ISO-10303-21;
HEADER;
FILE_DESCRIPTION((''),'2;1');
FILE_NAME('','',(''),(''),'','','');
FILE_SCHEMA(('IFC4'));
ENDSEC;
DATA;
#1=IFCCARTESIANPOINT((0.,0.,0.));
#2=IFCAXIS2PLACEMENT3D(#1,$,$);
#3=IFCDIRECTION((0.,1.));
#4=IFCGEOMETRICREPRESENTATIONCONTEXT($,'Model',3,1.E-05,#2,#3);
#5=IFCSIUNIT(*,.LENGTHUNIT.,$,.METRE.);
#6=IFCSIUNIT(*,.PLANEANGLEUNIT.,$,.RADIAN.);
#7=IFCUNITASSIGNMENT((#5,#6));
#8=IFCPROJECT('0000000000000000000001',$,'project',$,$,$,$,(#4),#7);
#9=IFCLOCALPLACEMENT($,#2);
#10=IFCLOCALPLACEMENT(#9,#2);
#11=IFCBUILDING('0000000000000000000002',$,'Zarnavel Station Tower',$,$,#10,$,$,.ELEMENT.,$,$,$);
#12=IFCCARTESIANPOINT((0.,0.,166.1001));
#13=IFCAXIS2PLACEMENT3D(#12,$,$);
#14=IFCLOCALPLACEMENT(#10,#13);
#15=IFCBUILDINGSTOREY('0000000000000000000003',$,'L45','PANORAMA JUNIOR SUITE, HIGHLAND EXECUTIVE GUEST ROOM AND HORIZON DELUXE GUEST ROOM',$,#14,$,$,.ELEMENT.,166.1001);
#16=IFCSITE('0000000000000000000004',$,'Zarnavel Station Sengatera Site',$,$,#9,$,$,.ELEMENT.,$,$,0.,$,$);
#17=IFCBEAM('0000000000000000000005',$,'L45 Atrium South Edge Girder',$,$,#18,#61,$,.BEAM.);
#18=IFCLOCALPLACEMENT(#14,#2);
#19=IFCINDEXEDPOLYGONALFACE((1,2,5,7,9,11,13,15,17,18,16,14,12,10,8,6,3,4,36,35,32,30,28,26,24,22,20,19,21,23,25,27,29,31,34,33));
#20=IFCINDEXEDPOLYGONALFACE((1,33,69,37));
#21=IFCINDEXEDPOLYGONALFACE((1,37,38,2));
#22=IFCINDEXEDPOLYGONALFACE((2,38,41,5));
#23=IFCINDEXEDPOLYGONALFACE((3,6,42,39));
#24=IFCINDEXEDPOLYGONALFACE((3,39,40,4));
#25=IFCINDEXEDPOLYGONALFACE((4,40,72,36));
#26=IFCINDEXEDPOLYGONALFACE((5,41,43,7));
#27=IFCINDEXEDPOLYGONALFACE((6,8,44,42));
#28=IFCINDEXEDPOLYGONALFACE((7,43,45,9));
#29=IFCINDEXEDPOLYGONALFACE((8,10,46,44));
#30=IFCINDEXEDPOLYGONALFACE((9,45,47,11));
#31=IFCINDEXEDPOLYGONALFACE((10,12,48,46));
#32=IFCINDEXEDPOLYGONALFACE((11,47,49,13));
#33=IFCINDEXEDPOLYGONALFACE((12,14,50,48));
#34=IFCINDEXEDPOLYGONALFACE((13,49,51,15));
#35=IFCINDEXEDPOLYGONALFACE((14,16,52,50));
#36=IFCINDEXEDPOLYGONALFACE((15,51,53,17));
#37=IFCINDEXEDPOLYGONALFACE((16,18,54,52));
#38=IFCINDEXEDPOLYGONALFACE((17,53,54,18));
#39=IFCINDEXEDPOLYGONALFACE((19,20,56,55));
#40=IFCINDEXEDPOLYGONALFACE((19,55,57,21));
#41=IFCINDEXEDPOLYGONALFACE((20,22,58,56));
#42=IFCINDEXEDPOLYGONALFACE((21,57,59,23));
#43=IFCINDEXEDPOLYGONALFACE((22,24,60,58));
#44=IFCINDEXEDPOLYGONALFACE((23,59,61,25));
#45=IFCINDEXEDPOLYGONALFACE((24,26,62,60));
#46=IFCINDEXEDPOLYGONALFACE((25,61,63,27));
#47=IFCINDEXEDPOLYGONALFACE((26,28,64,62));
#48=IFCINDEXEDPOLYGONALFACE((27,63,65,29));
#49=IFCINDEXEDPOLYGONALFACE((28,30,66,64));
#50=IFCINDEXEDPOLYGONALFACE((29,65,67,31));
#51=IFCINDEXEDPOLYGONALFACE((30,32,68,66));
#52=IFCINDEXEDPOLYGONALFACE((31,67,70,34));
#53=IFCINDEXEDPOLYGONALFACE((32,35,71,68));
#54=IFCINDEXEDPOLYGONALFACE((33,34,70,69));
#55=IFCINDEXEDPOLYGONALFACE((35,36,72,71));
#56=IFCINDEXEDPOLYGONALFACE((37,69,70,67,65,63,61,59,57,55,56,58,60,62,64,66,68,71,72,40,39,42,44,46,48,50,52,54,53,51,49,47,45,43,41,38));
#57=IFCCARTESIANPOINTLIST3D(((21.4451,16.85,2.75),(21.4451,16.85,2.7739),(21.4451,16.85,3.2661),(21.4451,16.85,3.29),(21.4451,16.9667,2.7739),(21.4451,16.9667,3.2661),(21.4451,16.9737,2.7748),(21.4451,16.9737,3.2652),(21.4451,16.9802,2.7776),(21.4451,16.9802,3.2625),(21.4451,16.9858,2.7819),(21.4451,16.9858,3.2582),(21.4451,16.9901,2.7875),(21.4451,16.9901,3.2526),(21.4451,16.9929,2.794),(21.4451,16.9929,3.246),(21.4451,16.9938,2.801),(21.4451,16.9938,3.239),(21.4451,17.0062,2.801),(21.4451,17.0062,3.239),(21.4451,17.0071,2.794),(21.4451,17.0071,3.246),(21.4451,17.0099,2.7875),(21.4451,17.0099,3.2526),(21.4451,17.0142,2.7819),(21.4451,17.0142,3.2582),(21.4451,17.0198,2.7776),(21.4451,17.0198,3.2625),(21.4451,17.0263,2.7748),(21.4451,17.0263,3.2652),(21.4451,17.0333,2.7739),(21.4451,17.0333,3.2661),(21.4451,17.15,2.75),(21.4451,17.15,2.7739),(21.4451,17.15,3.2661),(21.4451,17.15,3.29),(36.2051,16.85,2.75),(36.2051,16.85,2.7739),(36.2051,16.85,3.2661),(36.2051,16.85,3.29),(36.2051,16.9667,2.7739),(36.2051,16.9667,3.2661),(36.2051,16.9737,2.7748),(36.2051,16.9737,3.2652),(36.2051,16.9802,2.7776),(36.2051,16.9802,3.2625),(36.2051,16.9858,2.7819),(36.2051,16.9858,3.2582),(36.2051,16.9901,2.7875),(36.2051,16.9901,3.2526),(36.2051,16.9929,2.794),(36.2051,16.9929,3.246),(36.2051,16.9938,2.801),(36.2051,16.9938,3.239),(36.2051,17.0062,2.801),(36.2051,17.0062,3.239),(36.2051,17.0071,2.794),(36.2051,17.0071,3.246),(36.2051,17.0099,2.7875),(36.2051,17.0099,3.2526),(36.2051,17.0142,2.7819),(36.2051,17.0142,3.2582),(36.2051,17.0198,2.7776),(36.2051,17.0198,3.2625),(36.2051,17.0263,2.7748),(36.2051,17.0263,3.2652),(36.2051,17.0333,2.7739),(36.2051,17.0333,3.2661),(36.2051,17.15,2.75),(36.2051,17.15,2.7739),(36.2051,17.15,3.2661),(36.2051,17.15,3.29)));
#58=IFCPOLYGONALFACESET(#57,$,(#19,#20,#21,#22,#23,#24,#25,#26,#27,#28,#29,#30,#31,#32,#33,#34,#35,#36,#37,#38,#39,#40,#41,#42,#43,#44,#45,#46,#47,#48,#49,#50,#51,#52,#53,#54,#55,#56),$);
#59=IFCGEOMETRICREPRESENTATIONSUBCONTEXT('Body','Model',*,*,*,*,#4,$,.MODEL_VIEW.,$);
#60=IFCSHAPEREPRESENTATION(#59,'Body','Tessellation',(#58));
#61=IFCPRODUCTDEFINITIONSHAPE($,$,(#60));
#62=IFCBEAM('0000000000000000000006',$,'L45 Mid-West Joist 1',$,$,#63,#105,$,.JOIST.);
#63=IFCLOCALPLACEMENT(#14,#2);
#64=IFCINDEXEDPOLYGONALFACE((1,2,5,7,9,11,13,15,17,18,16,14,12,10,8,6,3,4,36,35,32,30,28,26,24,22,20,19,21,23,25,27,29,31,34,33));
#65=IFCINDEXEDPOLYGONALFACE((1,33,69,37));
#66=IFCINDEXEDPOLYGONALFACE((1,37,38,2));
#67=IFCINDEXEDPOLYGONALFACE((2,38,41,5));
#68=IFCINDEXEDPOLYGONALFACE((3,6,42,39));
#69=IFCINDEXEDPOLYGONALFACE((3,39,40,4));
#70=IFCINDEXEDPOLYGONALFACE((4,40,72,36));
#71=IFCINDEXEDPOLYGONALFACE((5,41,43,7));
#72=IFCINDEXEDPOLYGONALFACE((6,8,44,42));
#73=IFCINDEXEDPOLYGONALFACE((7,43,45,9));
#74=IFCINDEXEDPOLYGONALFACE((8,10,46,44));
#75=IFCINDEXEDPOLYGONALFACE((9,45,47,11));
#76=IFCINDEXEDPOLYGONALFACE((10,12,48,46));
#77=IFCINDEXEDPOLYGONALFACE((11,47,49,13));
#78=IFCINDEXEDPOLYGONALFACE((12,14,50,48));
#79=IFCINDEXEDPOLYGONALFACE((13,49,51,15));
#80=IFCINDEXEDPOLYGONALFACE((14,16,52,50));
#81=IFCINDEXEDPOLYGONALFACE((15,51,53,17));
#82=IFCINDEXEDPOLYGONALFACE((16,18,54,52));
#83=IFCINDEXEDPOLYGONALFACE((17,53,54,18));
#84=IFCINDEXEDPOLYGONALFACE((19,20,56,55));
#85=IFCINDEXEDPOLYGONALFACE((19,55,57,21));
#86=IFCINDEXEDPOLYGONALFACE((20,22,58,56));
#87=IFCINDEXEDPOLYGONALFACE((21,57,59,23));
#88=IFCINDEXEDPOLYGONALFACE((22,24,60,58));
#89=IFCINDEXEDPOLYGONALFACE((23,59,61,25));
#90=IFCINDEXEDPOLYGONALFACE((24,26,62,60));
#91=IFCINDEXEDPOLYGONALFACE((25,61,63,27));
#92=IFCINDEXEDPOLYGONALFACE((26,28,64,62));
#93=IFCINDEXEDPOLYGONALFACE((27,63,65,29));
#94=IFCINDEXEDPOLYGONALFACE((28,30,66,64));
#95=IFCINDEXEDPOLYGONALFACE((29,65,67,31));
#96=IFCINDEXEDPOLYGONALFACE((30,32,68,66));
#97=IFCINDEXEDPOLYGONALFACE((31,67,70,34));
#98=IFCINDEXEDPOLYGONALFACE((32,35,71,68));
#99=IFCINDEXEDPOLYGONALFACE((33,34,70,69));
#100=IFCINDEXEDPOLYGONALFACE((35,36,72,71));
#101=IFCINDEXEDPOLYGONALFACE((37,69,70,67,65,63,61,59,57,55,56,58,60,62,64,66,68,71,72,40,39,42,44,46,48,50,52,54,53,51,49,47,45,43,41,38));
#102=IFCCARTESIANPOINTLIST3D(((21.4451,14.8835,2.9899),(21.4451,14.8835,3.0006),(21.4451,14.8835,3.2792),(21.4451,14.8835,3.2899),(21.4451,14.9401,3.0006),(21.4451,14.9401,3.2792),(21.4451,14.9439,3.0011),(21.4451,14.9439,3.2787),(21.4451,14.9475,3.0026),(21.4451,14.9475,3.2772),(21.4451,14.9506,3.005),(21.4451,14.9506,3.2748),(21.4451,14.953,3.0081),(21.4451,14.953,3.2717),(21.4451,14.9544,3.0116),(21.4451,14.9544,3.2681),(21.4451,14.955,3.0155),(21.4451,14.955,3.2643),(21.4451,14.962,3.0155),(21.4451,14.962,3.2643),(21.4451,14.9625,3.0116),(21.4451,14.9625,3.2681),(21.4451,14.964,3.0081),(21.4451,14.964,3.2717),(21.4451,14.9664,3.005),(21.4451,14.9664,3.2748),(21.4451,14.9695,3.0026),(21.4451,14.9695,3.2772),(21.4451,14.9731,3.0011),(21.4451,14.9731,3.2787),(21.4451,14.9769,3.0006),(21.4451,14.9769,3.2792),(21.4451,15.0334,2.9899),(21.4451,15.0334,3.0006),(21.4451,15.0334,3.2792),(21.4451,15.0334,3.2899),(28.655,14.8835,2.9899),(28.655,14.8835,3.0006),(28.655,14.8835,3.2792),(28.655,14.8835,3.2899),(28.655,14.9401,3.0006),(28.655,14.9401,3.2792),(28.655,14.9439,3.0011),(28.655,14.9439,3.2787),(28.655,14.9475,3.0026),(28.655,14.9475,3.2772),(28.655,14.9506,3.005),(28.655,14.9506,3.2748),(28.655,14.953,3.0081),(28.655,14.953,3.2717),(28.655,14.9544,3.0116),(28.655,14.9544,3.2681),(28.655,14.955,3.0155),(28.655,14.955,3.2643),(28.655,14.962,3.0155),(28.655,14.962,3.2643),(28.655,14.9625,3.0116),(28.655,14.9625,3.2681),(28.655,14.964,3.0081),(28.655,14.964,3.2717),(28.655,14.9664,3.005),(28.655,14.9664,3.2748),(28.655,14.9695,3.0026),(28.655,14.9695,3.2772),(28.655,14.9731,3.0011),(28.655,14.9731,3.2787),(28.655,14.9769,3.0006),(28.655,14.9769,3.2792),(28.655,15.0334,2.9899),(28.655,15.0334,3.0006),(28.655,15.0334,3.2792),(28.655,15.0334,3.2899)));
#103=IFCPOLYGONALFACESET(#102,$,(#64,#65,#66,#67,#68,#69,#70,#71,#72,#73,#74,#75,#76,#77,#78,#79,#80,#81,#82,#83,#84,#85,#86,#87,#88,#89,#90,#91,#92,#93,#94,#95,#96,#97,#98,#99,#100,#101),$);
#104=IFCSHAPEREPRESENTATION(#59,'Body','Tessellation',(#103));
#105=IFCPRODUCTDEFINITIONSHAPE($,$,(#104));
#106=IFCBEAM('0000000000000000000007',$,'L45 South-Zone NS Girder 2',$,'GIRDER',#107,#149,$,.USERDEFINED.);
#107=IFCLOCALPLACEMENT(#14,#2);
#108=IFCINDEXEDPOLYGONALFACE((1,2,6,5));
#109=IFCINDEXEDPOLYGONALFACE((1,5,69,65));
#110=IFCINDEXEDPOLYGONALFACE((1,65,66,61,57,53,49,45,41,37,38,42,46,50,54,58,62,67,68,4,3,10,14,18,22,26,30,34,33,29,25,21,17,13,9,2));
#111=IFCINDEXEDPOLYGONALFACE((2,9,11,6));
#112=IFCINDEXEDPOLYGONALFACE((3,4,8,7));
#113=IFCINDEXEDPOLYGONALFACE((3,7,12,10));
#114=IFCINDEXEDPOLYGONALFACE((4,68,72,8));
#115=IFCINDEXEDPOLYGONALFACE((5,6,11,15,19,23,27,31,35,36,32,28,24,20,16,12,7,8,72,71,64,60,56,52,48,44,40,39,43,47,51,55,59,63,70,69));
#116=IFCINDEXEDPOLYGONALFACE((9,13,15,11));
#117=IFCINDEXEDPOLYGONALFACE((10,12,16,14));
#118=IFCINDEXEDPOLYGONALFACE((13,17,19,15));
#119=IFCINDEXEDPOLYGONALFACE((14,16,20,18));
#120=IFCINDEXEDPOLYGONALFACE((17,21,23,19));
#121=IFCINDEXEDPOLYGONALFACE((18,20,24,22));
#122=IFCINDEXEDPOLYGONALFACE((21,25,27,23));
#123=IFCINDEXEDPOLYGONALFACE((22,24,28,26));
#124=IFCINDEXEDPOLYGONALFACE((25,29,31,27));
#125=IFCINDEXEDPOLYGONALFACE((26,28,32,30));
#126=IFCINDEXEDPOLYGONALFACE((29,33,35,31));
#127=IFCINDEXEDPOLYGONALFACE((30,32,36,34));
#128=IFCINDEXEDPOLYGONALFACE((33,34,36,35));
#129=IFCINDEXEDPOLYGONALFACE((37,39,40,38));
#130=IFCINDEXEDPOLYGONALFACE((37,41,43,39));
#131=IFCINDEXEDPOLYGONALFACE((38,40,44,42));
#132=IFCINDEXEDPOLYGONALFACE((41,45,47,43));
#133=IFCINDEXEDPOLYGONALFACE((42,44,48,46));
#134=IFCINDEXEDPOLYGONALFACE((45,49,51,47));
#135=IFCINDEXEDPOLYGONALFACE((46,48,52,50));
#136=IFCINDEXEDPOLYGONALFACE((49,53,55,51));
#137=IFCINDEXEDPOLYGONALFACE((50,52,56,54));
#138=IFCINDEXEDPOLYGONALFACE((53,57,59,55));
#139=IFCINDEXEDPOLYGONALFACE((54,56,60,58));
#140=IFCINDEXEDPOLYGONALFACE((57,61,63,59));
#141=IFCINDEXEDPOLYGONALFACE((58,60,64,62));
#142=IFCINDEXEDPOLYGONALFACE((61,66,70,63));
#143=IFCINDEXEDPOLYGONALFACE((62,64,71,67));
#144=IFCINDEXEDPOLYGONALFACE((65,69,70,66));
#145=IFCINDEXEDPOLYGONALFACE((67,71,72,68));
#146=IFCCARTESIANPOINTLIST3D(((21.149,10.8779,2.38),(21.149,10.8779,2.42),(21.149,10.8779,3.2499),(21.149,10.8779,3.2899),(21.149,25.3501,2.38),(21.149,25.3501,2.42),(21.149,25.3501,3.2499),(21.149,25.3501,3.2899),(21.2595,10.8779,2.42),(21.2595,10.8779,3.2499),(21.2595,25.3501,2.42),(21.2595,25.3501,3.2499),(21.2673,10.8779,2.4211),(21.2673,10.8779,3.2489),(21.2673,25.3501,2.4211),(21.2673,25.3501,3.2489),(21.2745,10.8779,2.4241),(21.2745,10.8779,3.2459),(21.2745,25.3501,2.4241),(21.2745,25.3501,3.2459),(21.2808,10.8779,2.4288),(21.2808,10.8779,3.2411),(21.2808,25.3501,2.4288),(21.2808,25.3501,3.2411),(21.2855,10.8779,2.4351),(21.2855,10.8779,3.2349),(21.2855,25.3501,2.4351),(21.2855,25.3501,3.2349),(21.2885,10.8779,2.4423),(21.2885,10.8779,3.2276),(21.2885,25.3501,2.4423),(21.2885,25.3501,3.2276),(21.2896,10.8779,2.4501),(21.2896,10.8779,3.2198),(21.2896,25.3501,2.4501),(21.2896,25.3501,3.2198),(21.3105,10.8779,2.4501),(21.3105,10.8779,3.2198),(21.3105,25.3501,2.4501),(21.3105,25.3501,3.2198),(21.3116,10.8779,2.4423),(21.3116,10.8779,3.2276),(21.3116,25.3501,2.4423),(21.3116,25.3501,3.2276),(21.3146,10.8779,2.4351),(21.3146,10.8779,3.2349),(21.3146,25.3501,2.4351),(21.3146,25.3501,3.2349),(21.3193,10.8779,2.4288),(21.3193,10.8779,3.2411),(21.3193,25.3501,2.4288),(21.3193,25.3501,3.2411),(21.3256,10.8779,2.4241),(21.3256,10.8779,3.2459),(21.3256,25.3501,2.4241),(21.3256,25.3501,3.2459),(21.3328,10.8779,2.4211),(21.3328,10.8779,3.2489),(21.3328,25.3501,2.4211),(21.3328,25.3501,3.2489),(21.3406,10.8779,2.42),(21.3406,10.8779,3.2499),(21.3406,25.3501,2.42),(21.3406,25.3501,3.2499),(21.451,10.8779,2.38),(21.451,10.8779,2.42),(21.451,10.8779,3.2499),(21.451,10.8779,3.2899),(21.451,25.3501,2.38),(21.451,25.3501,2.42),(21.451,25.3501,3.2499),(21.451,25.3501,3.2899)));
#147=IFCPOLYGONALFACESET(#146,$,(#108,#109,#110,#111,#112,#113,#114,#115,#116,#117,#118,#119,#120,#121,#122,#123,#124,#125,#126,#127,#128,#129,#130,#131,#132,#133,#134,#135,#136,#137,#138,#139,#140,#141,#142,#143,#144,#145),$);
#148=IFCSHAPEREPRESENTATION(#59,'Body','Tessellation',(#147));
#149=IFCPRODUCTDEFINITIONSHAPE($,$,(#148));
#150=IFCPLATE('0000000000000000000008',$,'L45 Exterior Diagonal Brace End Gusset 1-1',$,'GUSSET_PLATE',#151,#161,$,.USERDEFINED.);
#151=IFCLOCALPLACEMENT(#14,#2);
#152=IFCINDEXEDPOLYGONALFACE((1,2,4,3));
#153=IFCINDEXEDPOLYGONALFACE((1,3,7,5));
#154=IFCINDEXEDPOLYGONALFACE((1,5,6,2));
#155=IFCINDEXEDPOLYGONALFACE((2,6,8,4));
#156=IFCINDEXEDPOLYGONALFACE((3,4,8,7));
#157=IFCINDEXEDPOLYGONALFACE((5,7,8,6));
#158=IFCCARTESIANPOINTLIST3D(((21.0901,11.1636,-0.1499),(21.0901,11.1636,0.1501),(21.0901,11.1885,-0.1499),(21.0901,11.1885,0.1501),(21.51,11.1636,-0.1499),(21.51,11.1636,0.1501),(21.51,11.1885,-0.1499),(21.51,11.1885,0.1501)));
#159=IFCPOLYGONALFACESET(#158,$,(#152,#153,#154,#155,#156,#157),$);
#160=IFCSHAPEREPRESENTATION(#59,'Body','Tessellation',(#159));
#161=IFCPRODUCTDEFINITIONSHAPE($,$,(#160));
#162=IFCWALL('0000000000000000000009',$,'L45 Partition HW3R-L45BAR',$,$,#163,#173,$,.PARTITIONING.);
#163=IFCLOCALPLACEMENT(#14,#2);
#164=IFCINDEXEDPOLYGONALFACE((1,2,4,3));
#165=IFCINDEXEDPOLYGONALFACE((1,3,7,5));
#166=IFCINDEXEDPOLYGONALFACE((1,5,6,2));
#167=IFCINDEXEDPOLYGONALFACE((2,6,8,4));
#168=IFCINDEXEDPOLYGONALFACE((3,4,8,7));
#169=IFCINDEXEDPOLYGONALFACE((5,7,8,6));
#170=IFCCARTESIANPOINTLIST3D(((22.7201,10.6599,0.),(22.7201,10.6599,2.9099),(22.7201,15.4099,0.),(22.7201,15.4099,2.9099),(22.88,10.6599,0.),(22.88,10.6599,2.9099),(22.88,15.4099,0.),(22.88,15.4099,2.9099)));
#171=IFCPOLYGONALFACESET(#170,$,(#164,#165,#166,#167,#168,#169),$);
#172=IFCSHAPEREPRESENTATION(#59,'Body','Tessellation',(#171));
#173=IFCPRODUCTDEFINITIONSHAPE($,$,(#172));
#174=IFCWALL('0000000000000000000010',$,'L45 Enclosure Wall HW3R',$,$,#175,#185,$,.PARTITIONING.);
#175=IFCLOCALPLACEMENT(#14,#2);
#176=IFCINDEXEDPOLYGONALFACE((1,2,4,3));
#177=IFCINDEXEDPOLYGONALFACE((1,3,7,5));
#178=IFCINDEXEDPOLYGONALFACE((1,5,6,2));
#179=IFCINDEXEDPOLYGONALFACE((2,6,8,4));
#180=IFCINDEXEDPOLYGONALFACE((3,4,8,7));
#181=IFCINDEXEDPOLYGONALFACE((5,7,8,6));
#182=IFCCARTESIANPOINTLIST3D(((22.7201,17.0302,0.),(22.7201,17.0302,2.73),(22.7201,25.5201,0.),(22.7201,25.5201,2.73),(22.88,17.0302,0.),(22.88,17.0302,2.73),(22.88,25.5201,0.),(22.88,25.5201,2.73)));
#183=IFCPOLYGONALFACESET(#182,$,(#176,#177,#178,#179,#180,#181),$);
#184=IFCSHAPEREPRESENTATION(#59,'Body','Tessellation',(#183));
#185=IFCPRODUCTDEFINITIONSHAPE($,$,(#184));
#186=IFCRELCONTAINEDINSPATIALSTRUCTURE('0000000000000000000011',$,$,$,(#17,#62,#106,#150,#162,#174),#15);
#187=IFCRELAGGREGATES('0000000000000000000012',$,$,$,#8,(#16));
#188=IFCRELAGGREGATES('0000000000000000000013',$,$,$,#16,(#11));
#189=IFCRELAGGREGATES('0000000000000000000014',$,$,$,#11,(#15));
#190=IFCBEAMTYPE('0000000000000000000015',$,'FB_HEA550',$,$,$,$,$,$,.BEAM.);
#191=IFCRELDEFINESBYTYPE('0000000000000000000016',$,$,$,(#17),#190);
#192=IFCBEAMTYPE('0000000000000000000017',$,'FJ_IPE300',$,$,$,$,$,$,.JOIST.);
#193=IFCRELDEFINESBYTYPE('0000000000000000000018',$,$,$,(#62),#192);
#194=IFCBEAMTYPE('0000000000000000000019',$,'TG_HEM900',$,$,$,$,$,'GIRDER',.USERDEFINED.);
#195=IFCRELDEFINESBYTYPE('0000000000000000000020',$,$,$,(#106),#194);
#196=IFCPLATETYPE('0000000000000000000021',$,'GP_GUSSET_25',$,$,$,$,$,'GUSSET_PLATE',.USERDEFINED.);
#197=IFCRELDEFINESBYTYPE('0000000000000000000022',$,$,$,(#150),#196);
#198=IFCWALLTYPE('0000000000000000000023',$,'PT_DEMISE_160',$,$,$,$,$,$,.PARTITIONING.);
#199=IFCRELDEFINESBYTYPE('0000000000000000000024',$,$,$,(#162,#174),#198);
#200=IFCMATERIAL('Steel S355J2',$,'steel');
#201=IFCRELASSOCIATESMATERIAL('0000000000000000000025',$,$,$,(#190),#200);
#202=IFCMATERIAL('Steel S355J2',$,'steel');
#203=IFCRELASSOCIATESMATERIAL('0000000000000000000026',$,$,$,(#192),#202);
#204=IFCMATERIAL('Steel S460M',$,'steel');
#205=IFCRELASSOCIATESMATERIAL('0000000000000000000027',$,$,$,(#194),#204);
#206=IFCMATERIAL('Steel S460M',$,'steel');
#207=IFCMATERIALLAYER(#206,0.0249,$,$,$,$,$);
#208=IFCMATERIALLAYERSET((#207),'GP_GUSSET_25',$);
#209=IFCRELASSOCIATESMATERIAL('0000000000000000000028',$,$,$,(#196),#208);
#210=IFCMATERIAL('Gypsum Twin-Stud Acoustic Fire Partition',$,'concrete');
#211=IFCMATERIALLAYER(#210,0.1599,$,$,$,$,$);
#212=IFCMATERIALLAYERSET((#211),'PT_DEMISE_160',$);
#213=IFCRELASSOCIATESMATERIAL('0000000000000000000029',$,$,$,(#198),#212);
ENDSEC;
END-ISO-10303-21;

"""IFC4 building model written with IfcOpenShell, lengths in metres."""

from ifc_helpers import new_model, si_unit, direction, frame, frame_2d, origin, origin_2d, place, context, subcontext, project, spatial, rectangle, i_section, extrude, material, layer, layer_set, material_profile, profile_set, type_object, element, save


model = new_model("IFC4")

# Units and contexts
model_context = context("Model", 3, precision=1e-05, world=origin(), true_north=direction((0.0, 1.0)))
body_context = subcontext(model_context, "Body", "Model", "MODEL_VIEW")
ifc_project = project(units=[si_unit("LENGTHUNIT", "METRE"), si_unit("PLANEANGLEUNIT", "RADIAN")], contexts=[model_context])

# Site, building, storey
site_placement = place(None, origin())
site = spatial("IfcSite", under=ifc_project, at=site_placement, Name="Zarnavel Station Sengatera Site", CompositionType="ELEMENT", RefElevation=0.0)
building_placement = place(site_placement, origin())
building = spatial("IfcBuilding", under=site, at=building_placement, Name="Zarnavel Station Tower", CompositionType="ELEMENT")
storey_placement = place(building_placement, frame((0.0, 0.0, 166.1001)))
storey = spatial("IfcBuildingStorey", under=building, at=storey_placement, Name="L45", Description="PANORAMA JUNIOR SUITE, HIGHLAND EXECUTIVE GUEST ROOM AND HORIZON DELUXE GUEST ROOM", CompositionType="ELEMENT", Elevation=166.1001)

# Beams
ifc_material_1 = material(Name="Steel S355J2", Category="steel")
ifc_material_profile_1 = material_profile(ifc_material_1, i_section(OverallWidth=0.3, OverallDepth=0.54, WebThickness=0.0125, FlangeThickness=0.0239, FilletRadius=0.0271, at=origin_2d()), Name="HEA550")
ifc_profile_set_1 = profile_set([ifc_material_profile_1], Name="Steel S355J2")
beam_type_1 = type_object("IfcBeamType", Name="FB_HEA550", PredefinedType="BEAM", material=ifc_profile_set_1)
beam_1_placement = place(storey_placement, frame((21.4451, 17.0, 3.02), z_axis=(1.0, 0.0, 0.0), x_axis=(0.0, 1.0, 0.0)))
element("IfcBeam", 1, at=beam_1_placement, inside=storey, type_object=beam_type_1, Name="L45 Atrium South Edge Girder", PredefinedType="BEAM", context=body_context, shape_type="SweptSolid", body=[
    extrude(i_section(OverallWidth=0.3, OverallDepth=0.54, WebThickness=0.0125, FlangeThickness=0.0239, FilletRadius=0.0271, at=origin_2d()), origin(), (0.0, 0.0, 1.0), 14.76),
])
ifc_material_2 = material(Name="Steel S355J2", Category="steel")
ifc_material_profile_2 = material_profile(ifc_material_2, i_section(OverallWidth=0.1499, OverallDepth=0.3, WebThickness=0.0071, FlangeThickness=0.0107, FilletRadius=0.0149, at=origin_2d()), Name="IPE300")
ifc_profile_set_2 = profile_set([ifc_material_profile_2], Name="Steel S355J2")
beam_type_2 = type_object("IfcBeamType", Name="FJ_IPE300", PredefinedType="JOIST", material=ifc_profile_set_2)
beam_2_placement = place(storey_placement, frame((21.4451, 14.9585, 3.1399), z_axis=(1.0, 0.0, 0.0), x_axis=(0.0, 1.0, 0.0)))
element("IfcBeam", 2, at=beam_2_placement, inside=storey, type_object=beam_type_2, Name="L45 Mid-West Joist 1", PredefinedType="JOIST", context=body_context, shape_type="SweptSolid", body=[
    extrude(i_section(OverallWidth=0.1499, OverallDepth=0.3, WebThickness=0.0071, FlangeThickness=0.0107, FilletRadius=0.0149, at=origin_2d()), origin(), (0.0, 0.0, 1.0), 7.21),
])
ifc_material_3 = material(Name="Steel S460M", Category="steel")
ifc_material_profile_3 = material_profile(ifc_material_3, i_section(OverallWidth=0.302, OverallDepth=0.9099, WebThickness=0.021, FlangeThickness=0.04, FilletRadius=0.03, at=origin_2d()), Name="HEM900")
ifc_profile_set_3 = profile_set([ifc_material_profile_3], Name="Steel S460M")
beam_type_3 = type_object("IfcBeamType", Name="TG_HEM900", ElementType="GIRDER", PredefinedType="USERDEFINED", material=ifc_profile_set_3)
beam_3_placement = place(storey_placement, frame((21.3, 10.8779, 2.835), z_axis=(0.0, 1.0, 0.0), x_axis=(-1.0, 0.0, 0.0)))
element("IfcBeam", 3, at=beam_3_placement, inside=storey, type_object=beam_type_3, Name="L45 South-Zone NS Girder 2", ObjectType="GIRDER", PredefinedType="USERDEFINED", context=body_context, shape_type="SweptSolid", body=[
    extrude(i_section(OverallWidth=0.302, OverallDepth=0.9099, WebThickness=0.021, FlangeThickness=0.04, FilletRadius=0.03, at=origin_2d()), origin(), (0.0, 0.0, 1.0), 14.4722),
])

# Plate
ifc_material_4 = material(Name="Steel S460M", Category="steel")
ifc_layer_1 = layer(ifc_material_4, 0.0249)
ifc_layer_set_1 = layer_set([ifc_layer_1], Name="GP_GUSSET_25")
plate_type = type_object("IfcPlateType", Name="GP_GUSSET_25", ElementType="GUSSET_PLATE", PredefinedType="USERDEFINED", material=ifc_layer_set_1)
plate_placement = place(storey_placement, frame((21.3, 11.176, -0.1499), z_axis=(0.0, 0.0, 1.0), x_axis=(1.0, 0.0, 0.0)))
element("IfcPlate", 4, at=plate_placement, inside=storey, type_object=plate_type, Name="L45 Exterior Diagonal Brace End Gusset 1-1", ObjectType="GUSSET_PLATE", PredefinedType="USERDEFINED", context=body_context, shape_type="SweptSolid", body=[
    extrude(rectangle(XDim=0.4199, YDim=0.0249, at=origin_2d()), origin(), (0.0, 0.0, 1.0), 0.3),
])

# Shared definitions
ifc_material_5 = material(Name="Gypsum Twin-Stud Acoustic Fire Partition", Category="concrete")
ifc_layer_2 = layer(ifc_material_5, 0.1599)
ifc_layer_set_2 = layer_set([ifc_layer_2], Name="PT_DEMISE_160")
wall_type_1 = type_object("IfcWallType", Name="PT_DEMISE_160", PredefinedType="PARTITIONING", material=ifc_layer_set_2)

# Walls
wall_1_placement = place(storey_placement, frame((22.8, 10.6599, 0.0), z_axis=(0.0, 0.0, 1.0), x_axis=(0.0, 1.0, 0.0)))
element("IfcWall", 5, at=wall_1_placement, inside=storey, type_object=wall_type_1, Name="L45 Partition HW3R-L45BAR", PredefinedType="PARTITIONING", context=body_context, shape_type="SweptSolid", body=[
    extrude(rectangle(XDim=4.75, YDim=0.1599, at=frame_2d((2.375, 0.0))), origin(), (0.0, 0.0, 1.0), 2.9099),
])
wall_2_placement = place(storey_placement, frame((22.8, 17.03, 0.0), z_axis=(0.0, 0.0, 1.0), x_axis=(0.0, 1.0, 0.0)))
element("IfcWall", 6, at=wall_2_placement, inside=storey, type_object=wall_type_1, Name="L45 Enclosure Wall HW3R", PredefinedType="PARTITIONING", context=body_context, shape_type="SweptSolid", body=[
    extrude(rectangle(XDim=8.49, YDim=0.1599, at=frame_2d((4.2451, 0.0))), origin(), (0.0, 0.0, 1.0), 2.73),
])

save(model, "model.ifc")
